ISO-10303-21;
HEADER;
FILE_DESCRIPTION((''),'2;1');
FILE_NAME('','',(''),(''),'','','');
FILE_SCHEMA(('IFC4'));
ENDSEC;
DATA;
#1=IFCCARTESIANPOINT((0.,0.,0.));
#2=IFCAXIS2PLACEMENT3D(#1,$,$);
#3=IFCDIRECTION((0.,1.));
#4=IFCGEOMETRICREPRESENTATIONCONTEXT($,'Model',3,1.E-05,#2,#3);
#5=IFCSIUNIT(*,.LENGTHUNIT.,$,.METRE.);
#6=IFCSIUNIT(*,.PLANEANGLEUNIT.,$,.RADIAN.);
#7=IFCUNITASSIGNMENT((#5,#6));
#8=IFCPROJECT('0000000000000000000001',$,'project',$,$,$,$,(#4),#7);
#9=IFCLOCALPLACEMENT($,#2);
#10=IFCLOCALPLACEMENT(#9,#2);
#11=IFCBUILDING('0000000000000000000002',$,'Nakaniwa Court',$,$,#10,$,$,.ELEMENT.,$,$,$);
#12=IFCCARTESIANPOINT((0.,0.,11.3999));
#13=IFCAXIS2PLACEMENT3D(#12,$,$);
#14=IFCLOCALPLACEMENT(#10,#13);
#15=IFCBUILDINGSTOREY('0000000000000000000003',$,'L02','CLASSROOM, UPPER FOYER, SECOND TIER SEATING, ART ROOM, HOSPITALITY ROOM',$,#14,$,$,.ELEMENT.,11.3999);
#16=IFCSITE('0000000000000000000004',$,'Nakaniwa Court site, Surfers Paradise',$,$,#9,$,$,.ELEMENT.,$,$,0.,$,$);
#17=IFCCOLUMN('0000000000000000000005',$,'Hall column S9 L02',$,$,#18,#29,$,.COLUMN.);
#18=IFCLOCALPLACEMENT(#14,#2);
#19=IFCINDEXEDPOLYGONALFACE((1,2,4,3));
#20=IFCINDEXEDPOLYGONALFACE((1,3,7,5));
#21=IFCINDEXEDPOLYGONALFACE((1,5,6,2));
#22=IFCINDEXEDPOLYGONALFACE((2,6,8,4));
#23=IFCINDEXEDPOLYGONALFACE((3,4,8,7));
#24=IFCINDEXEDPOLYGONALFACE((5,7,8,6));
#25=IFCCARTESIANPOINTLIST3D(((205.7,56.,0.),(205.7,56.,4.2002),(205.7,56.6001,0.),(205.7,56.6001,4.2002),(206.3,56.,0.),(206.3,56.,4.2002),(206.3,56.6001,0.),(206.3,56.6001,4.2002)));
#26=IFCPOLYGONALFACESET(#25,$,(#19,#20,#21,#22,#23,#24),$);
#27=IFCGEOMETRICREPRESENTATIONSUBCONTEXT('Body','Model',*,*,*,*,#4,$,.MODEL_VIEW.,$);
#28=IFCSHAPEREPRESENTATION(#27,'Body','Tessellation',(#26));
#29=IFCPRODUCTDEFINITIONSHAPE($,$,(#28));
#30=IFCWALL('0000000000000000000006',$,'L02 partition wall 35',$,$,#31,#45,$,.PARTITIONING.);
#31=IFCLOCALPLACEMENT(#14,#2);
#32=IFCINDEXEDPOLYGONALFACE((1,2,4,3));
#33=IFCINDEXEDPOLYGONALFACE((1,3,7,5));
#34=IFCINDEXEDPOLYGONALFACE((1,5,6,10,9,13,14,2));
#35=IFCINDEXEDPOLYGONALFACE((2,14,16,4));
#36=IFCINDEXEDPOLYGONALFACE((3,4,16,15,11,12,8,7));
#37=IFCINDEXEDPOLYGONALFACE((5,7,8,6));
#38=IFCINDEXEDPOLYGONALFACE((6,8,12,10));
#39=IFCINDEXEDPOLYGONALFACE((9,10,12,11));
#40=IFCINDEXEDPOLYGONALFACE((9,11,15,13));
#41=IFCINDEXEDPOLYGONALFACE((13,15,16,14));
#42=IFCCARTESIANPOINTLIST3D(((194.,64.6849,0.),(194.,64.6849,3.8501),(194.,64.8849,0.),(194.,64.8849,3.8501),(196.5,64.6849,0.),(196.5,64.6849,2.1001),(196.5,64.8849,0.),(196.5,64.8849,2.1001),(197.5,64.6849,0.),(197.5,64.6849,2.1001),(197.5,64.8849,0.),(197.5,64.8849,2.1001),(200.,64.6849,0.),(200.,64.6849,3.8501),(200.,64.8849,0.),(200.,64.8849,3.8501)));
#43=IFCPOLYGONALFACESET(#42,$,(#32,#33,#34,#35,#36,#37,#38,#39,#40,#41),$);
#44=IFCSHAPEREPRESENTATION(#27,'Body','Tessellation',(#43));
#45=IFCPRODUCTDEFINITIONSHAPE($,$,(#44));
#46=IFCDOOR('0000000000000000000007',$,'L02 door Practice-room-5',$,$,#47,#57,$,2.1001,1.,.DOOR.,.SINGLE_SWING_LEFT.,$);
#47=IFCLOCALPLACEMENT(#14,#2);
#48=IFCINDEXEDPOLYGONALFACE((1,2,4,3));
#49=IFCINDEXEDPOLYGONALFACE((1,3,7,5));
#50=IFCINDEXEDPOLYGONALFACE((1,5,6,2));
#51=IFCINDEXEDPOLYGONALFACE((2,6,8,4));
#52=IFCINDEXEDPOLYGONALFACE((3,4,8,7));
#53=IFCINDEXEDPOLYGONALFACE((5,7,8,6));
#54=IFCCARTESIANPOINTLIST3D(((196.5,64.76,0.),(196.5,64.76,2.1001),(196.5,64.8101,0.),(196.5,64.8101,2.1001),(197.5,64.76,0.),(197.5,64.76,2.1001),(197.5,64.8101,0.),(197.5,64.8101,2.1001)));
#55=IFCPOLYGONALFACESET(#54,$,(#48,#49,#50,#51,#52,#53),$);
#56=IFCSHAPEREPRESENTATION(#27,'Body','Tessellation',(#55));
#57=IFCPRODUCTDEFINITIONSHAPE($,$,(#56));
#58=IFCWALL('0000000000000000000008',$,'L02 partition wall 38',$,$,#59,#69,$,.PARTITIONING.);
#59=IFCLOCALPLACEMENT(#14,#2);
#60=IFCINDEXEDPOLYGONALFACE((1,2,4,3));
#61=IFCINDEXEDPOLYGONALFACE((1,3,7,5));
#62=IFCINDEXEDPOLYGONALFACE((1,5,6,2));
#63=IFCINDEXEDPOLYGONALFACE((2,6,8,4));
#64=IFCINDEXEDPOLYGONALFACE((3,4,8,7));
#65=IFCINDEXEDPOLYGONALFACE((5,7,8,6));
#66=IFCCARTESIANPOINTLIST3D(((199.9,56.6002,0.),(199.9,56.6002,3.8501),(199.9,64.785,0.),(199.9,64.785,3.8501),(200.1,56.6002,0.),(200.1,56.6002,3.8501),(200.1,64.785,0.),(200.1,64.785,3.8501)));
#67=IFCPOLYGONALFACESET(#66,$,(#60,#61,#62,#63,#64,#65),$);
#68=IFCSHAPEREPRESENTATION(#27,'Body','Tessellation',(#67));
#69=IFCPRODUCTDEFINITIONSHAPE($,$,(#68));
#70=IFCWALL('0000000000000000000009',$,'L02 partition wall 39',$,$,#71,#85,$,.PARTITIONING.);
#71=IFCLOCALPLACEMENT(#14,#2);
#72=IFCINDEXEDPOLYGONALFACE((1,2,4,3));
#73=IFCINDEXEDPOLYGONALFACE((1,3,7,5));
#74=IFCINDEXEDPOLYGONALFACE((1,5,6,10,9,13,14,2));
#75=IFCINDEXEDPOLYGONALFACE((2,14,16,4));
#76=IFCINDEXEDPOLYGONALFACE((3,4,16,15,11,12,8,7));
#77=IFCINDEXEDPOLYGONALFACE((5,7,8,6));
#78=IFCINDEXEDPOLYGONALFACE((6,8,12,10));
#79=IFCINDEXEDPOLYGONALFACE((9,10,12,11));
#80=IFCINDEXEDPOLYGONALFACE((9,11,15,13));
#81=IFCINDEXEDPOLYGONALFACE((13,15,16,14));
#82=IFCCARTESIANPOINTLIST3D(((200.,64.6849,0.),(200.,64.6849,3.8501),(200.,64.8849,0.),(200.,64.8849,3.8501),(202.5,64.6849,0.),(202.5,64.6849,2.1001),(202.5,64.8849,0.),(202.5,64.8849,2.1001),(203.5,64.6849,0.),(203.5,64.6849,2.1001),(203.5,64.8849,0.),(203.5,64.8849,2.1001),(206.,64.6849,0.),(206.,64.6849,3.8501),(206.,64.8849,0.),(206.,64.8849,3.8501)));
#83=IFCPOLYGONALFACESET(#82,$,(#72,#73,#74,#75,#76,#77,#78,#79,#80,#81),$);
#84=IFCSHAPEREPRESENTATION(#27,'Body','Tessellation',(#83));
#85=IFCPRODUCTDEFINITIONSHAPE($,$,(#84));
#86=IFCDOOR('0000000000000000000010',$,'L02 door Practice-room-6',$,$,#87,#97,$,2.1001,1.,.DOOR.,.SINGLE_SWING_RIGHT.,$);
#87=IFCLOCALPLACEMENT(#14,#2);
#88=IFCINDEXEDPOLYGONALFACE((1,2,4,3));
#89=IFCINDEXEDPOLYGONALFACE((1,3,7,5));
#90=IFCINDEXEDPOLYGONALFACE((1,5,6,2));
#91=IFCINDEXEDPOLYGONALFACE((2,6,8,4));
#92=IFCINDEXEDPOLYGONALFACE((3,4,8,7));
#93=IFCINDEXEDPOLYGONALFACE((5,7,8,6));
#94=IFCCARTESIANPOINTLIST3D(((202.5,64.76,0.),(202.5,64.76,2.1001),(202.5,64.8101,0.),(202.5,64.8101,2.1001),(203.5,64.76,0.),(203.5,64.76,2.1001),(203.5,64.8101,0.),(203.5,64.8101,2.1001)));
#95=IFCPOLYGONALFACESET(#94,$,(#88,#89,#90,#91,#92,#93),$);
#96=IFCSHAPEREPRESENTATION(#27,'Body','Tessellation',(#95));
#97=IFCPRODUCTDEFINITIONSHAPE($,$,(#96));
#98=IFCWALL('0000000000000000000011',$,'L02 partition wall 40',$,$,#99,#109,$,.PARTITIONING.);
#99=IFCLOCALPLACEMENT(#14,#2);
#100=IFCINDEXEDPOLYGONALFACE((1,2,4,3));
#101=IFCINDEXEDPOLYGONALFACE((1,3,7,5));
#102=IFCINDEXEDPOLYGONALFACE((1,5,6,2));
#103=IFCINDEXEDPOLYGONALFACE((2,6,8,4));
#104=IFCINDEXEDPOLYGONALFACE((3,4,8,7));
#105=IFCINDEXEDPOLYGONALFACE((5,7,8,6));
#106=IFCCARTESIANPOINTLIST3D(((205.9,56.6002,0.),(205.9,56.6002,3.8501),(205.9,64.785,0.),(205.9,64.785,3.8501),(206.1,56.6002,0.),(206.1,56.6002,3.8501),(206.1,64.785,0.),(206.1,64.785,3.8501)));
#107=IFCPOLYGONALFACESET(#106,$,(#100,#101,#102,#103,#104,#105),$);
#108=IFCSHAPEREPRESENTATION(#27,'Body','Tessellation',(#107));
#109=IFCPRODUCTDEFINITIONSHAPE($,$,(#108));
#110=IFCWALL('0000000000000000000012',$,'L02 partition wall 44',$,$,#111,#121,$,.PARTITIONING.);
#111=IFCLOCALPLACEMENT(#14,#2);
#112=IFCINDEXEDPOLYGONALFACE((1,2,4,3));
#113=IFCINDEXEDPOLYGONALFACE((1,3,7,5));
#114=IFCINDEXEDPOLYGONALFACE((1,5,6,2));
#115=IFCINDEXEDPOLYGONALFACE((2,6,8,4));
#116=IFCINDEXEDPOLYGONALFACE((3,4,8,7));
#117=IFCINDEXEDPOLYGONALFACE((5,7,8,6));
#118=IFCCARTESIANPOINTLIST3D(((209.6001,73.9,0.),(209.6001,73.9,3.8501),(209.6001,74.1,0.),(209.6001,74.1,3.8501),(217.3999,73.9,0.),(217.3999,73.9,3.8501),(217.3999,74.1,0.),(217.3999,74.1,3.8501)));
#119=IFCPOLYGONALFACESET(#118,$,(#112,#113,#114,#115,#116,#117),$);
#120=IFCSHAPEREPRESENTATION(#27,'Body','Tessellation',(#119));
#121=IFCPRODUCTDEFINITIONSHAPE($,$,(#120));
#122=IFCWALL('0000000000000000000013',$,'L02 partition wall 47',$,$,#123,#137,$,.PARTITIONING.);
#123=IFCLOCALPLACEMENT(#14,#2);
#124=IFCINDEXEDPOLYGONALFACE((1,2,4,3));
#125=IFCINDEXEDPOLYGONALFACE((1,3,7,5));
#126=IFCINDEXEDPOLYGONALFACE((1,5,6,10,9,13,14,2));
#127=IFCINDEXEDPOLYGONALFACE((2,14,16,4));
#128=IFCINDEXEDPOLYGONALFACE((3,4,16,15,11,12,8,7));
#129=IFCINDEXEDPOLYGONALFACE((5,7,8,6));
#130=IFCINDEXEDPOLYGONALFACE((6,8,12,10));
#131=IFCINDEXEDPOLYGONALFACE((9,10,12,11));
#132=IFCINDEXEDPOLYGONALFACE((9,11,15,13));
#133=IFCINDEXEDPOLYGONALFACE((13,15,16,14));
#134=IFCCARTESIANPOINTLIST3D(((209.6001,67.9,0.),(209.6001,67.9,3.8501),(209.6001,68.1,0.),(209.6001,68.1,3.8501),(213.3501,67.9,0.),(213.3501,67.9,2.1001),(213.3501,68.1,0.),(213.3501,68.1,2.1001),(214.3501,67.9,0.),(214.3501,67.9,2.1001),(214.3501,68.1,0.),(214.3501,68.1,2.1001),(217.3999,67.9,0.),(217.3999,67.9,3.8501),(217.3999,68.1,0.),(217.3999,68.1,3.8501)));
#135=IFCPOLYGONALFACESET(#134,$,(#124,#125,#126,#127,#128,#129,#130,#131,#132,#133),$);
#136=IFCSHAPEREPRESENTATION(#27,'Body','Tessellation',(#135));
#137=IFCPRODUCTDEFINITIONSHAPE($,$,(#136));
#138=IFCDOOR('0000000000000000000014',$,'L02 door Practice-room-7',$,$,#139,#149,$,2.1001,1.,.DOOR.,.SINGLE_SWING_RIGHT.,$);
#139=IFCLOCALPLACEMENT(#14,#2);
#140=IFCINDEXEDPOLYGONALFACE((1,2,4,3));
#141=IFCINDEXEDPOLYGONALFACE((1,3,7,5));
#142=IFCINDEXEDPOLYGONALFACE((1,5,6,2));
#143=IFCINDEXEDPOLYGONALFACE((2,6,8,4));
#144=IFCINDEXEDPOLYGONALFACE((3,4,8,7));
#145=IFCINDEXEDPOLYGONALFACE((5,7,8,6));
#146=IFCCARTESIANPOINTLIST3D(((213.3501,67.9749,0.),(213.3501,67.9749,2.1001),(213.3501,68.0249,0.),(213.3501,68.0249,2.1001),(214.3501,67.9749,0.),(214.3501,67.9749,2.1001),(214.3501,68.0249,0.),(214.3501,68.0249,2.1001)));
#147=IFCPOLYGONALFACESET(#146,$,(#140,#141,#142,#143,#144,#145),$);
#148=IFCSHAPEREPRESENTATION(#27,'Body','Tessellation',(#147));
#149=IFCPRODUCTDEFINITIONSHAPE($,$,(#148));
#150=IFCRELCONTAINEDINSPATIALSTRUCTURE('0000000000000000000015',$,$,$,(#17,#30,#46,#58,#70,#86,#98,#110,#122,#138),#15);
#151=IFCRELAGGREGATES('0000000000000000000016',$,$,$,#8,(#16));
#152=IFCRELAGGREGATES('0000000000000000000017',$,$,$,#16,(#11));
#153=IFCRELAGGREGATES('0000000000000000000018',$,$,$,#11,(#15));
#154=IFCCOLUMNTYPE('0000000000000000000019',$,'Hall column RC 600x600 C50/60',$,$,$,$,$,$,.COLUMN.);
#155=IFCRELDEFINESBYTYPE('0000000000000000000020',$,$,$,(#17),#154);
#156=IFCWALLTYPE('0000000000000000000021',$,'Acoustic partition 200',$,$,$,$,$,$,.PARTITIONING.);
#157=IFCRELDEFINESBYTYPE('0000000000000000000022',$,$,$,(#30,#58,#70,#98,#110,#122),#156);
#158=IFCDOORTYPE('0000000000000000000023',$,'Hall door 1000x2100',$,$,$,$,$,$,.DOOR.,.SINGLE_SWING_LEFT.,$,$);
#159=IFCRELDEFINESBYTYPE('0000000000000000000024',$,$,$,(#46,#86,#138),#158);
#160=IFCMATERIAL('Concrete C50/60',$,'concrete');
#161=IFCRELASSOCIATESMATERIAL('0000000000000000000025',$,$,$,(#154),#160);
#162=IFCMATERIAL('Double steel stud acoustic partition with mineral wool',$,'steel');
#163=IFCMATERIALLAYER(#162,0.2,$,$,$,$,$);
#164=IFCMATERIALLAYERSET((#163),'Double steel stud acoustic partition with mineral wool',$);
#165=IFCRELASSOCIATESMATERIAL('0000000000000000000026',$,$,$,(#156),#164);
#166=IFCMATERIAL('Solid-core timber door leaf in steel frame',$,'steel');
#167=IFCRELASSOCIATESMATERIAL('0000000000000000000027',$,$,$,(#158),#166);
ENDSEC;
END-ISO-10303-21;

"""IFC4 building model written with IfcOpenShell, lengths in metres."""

from ifc_helpers import new_model, si_unit, direction, frame, frame_2d, origin, origin_2d, place, context, subcontext, project, spatial, rectangle, extrude, material, layer, layer_set, material_profile, profile_set, type_object, element, fill, save


model = new_model("IFC4")

# Units and contexts
model_context = context("Model", 3, precision=1e-05, world=origin(), true_north=direction((0.0, 1.0)))
body_context = subcontext(model_context, "Body", "Model", "MODEL_VIEW")
ifc_project = project(units=[si_unit("LENGTHUNIT", "METRE"), si_unit("PLANEANGLEUNIT", "RADIAN")], contexts=[model_context])

# Site, building, storey
site_placement = place(None, origin())
site = spatial("IfcSite", under=ifc_project, at=site_placement, Name="Nakaniwa Court site, Surfers Paradise", CompositionType="ELEMENT", RefElevation=0.0)
building_placement = place(site_placement, origin())
building = spatial("IfcBuilding", under=site, at=building_placement, Name="Nakaniwa Court", CompositionType="ELEMENT")
storey_placement = place(building_placement, frame((0.0, 0.0, 11.3999)))
storey = spatial("IfcBuildingStorey", under=building, at=storey_placement, Name="L02", Description="CLASSROOM, UPPER FOYER, SECOND TIER SEATING, ART ROOM, HOSPITALITY ROOM", CompositionType="ELEMENT", Elevation=11.3999)

# Column
ifc_material_1 = material(Name="Concrete C50/60", Category="concrete")
ifc_material_profile_1 = material_profile(ifc_material_1, rectangle(XDim=0.6001, YDim=0.6001, at=origin_2d()), Name="RC 600x600")
ifc_profile_set_1 = profile_set([ifc_material_profile_1], Name="Concrete C50/60")
column_type = type_object("IfcColumnType", Name="Hall column RC 600x600 C50/60", PredefinedType="COLUMN", material=ifc_profile_set_1)
column_placement = place(storey_placement, frame((206.0, 56.3, 0.0), z_axis=(0.0, 0.0, 1.0), x_axis=(1.0, 0.0, 0.0)))
element("IfcColumn", 1, at=column_placement, inside=storey, type_object=column_type, Name="Hall column S9 L02", PredefinedType="COLUMN", context=body_context, shape_type="SweptSolid", body=[
    extrude(rectangle(XDim=0.6001, YDim=0.6001, at=origin_2d()), origin(), (0.0, 0.0, 1.0), 4.2002),
])

# Wall, opening, door
ifc_material_2 = material(Name="Double steel stud acoustic partition with mineral wool", Category="steel")
ifc_layer_1 = layer(ifc_material_2, 0.2)
ifc_layer_set_1 = layer_set([ifc_layer_1], Name="Double steel stud acoustic partition with mineral wool")
wall_type_1 = type_object("IfcWallType", Name="Acoustic partition 200", PredefinedType="PARTITIONING", material=ifc_layer_set_1)
wall_1_placement = place(storey_placement, frame((200.0, 64.7849, 0.0), z_axis=(0.0, 0.0, 1.0), x_axis=(-1.0, 0.0, 0.0)))
wall_1 = element("IfcWall", 2, at=wall_1_placement, inside=storey, type_object=wall_type_1, Name="L02 partition wall 35", PredefinedType="PARTITIONING", context=body_context, shape_type="SweptSolid", body=[
    extrude(rectangle(XDim=6.0, YDim=0.2, at=frame_2d((3.0, 0.0))), origin(), (0.0, 0.0, 1.0), 3.8501),
])
opening_1_placement = place(wall_1_placement, frame((2.5, 0.0, 0.0)))
opening_1 = element("IfcOpeningElement", 3, at=opening_1_placement, cuts=wall_1, PredefinedType="OPENING", context=body_context, shape_type="SweptSolid", body=[
    extrude(rectangle(XDim=1.0, YDim=2.1001, at=frame_2d((0.5, 1.05))), frame((0.0, 0.1099, 0.0), z_axis=(0.0, -1.0, 0.0), x_axis=(1.0, 0.0, 0.0)), (0.0, 0.0, 1.0), 0.22),
])
ifc_material_3 = material(Name="Solid-core timber door leaf in steel frame", Category="steel")
door_type_1 = type_object("IfcDoorType", Name="Hall door 1000x2100", OperationType="SINGLE_SWING_LEFT", PredefinedType="DOOR", material=ifc_material_3)
door_1_placement = place(opening_1_placement, origin())
door_1 = element("IfcDoor", 4, at=door_1_placement, inside=storey, type_object=door_type_1, Name="L02 door Practice-room-5", OperationType="SINGLE_SWING_LEFT", OverallHeight=2.1001, OverallWidth=1.0, PredefinedType="DOOR", context=body_context, shape_type="SweptSolid", body=[
    extrude(rectangle(XDim=1.0, YDim=2.1001, at=frame_2d((0.5, 1.05))), frame((0.0, 0.0249, 0.0), z_axis=(0.0, -1.0, 0.0), x_axis=(1.0, 0.0, 0.0)), (0.0, 0.0, 1.0), 0.05),
])
fill(opening_1, door_1)

# Wall
wall_2_placement = place(storey_placement, frame((200.0, 64.7849, 0.0), z_axis=(0.0, 0.0, 1.0), x_axis=(0.0, -1.0, 0.0)))
element("IfcWall", 5, at=wall_2_placement, inside=storey, type_object=wall_type_1, Name="L02 partition wall 38", PredefinedType="PARTITIONING", context=body_context, shape_type="SweptSolid", body=[
    extrude(rectangle(XDim=8.1848, YDim=0.2, at=frame_2d((4.0923, 0.0))), origin(), (0.0, 0.0, 1.0), 3.8501),
])

# Wall, opening, door
wall_3_placement = place(storey_placement, frame((206.0, 64.7849, 0.0), z_axis=(0.0, 0.0, 1.0), x_axis=(-1.0, 0.0, 0.0)))
wall_3 = element("IfcWall", 6, at=wall_3_placement, inside=storey, type_object=wall_type_1, Name="L02 partition wall 39", PredefinedType="PARTITIONING", context=body_context, shape_type="SweptSolid", body=[
    extrude(rectangle(XDim=6.0, YDim=0.2, at=frame_2d((3.0, 0.0))), origin(), (0.0, 0.0, 1.0), 3.8501),
])
opening_2_placement = place(wall_3_placement, frame((2.5, 0.0, 0.0)))
opening_2 = element("IfcOpeningElement", 7, at=opening_2_placement, cuts=wall_3, PredefinedType="OPENING", context=body_context, shape_type="SweptSolid", body=[
    extrude(rectangle(XDim=1.0, YDim=2.1001, at=frame_2d((0.5, 1.05))), frame((0.0, 0.1099, 0.0), z_axis=(0.0, -1.0, 0.0), x_axis=(1.0, 0.0, 0.0)), (0.0, 0.0, 1.0), 0.22),
])
door_2_placement = place(opening_2_placement, origin())
door_2 = element("IfcDoor", 8, at=door_2_placement, inside=storey, type_object=door_type_1, Name="L02 door Practice-room-6", OperationType="SINGLE_SWING_RIGHT", OverallHeight=2.1001, OverallWidth=1.0, PredefinedType="DOOR", context=body_context, shape_type="SweptSolid", body=[
    extrude(rectangle(XDim=1.0, YDim=2.1001, at=frame_2d((0.5, 1.05))), frame((0.0, 0.0249, 0.0), z_axis=(0.0, -1.0, 0.0), x_axis=(1.0, 0.0, 0.0)), (0.0, 0.0, 1.0), 0.05),
])
fill(opening_2, door_2)

# Walls
wall_4_placement = place(storey_placement, frame((206.0, 64.7849, 0.0), z_axis=(0.0, 0.0, 1.0), x_axis=(0.0, -1.0, 0.0)))
element("IfcWall", 9, at=wall_4_placement, inside=storey, type_object=wall_type_1, Name="L02 partition wall 40", PredefinedType="PARTITIONING", context=body_context, shape_type="SweptSolid", body=[
    extrude(rectangle(XDim=8.1848, YDim=0.2, at=frame_2d((4.0923, 0.0))), origin(), (0.0, 0.0, 1.0), 3.8501),
])
wall_5_placement = place(storey_placement, frame((209.6001, 74.0, 0.0), z_axis=(0.0, 0.0, 1.0), x_axis=(1.0, 0.0, 0.0)))
element("IfcWall", 10, at=wall_5_placement, inside=storey, type_object=wall_type_1, Name="L02 partition wall 44", PredefinedType="PARTITIONING", context=body_context, shape_type="SweptSolid", body=[
    extrude(rectangle(XDim=7.7998, YDim=0.2, at=frame_2d((3.8999, 0.0))), origin(), (0.0, 0.0, 1.0), 3.8501),
])

# Wall, opening, door
wall_6_placement = place(storey_placement, frame((209.6001, 68.0, 0.0), z_axis=(0.0, 0.0, 1.0), x_axis=(1.0, 0.0, 0.0)))
wall_6 = element("IfcWall", 11, at=wall_6_placement, inside=storey, type_object=wall_type_1, Name="L02 partition wall 47", PredefinedType="PARTITIONING", context=body_context, shape_type="SweptSolid", body=[
    extrude(rectangle(XDim=7.7998, YDim=0.2, at=frame_2d((3.8999, 0.0))), origin(), (0.0, 0.0, 1.0), 3.8501),
])
opening_3_placement = place(wall_6_placement, frame((3.75, 0.0, 0.0)))
opening_3 = element("IfcOpeningElement", 12, at=opening_3_placement, cuts=wall_6, PredefinedType="OPENING", context=body_context, shape_type="SweptSolid", body=[
    extrude(rectangle(XDim=1.0, YDim=2.1001, at=frame_2d((0.5, 1.05))), frame((0.0, 0.1099, 0.0), z_axis=(0.0, -1.0, 0.0), x_axis=(1.0, 0.0, 0.0)), (0.0, 0.0, 1.0), 0.22),
])
door_3_placement = place(opening_3_placement, origin())
door_3 = element("IfcDoor", 13, at=door_3_placement, inside=storey, type_object=door_type_1, Name="L02 door Practice-room-7", OperationType="SINGLE_SWING_RIGHT", OverallHeight=2.1001, OverallWidth=1.0, PredefinedType="DOOR", context=body_context, shape_type="SweptSolid", body=[
    extrude(rectangle(XDim=1.0, YDim=2.1001, at=frame_2d((0.5, 1.05))), frame((0.0, 0.0249, 0.0), z_axis=(0.0, -1.0, 0.0), x_axis=(1.0, 0.0, 0.0)), (0.0, 0.0, 1.0), 0.05),
])
fill(opening_3, door_3)

save(model, "model.ifc")
